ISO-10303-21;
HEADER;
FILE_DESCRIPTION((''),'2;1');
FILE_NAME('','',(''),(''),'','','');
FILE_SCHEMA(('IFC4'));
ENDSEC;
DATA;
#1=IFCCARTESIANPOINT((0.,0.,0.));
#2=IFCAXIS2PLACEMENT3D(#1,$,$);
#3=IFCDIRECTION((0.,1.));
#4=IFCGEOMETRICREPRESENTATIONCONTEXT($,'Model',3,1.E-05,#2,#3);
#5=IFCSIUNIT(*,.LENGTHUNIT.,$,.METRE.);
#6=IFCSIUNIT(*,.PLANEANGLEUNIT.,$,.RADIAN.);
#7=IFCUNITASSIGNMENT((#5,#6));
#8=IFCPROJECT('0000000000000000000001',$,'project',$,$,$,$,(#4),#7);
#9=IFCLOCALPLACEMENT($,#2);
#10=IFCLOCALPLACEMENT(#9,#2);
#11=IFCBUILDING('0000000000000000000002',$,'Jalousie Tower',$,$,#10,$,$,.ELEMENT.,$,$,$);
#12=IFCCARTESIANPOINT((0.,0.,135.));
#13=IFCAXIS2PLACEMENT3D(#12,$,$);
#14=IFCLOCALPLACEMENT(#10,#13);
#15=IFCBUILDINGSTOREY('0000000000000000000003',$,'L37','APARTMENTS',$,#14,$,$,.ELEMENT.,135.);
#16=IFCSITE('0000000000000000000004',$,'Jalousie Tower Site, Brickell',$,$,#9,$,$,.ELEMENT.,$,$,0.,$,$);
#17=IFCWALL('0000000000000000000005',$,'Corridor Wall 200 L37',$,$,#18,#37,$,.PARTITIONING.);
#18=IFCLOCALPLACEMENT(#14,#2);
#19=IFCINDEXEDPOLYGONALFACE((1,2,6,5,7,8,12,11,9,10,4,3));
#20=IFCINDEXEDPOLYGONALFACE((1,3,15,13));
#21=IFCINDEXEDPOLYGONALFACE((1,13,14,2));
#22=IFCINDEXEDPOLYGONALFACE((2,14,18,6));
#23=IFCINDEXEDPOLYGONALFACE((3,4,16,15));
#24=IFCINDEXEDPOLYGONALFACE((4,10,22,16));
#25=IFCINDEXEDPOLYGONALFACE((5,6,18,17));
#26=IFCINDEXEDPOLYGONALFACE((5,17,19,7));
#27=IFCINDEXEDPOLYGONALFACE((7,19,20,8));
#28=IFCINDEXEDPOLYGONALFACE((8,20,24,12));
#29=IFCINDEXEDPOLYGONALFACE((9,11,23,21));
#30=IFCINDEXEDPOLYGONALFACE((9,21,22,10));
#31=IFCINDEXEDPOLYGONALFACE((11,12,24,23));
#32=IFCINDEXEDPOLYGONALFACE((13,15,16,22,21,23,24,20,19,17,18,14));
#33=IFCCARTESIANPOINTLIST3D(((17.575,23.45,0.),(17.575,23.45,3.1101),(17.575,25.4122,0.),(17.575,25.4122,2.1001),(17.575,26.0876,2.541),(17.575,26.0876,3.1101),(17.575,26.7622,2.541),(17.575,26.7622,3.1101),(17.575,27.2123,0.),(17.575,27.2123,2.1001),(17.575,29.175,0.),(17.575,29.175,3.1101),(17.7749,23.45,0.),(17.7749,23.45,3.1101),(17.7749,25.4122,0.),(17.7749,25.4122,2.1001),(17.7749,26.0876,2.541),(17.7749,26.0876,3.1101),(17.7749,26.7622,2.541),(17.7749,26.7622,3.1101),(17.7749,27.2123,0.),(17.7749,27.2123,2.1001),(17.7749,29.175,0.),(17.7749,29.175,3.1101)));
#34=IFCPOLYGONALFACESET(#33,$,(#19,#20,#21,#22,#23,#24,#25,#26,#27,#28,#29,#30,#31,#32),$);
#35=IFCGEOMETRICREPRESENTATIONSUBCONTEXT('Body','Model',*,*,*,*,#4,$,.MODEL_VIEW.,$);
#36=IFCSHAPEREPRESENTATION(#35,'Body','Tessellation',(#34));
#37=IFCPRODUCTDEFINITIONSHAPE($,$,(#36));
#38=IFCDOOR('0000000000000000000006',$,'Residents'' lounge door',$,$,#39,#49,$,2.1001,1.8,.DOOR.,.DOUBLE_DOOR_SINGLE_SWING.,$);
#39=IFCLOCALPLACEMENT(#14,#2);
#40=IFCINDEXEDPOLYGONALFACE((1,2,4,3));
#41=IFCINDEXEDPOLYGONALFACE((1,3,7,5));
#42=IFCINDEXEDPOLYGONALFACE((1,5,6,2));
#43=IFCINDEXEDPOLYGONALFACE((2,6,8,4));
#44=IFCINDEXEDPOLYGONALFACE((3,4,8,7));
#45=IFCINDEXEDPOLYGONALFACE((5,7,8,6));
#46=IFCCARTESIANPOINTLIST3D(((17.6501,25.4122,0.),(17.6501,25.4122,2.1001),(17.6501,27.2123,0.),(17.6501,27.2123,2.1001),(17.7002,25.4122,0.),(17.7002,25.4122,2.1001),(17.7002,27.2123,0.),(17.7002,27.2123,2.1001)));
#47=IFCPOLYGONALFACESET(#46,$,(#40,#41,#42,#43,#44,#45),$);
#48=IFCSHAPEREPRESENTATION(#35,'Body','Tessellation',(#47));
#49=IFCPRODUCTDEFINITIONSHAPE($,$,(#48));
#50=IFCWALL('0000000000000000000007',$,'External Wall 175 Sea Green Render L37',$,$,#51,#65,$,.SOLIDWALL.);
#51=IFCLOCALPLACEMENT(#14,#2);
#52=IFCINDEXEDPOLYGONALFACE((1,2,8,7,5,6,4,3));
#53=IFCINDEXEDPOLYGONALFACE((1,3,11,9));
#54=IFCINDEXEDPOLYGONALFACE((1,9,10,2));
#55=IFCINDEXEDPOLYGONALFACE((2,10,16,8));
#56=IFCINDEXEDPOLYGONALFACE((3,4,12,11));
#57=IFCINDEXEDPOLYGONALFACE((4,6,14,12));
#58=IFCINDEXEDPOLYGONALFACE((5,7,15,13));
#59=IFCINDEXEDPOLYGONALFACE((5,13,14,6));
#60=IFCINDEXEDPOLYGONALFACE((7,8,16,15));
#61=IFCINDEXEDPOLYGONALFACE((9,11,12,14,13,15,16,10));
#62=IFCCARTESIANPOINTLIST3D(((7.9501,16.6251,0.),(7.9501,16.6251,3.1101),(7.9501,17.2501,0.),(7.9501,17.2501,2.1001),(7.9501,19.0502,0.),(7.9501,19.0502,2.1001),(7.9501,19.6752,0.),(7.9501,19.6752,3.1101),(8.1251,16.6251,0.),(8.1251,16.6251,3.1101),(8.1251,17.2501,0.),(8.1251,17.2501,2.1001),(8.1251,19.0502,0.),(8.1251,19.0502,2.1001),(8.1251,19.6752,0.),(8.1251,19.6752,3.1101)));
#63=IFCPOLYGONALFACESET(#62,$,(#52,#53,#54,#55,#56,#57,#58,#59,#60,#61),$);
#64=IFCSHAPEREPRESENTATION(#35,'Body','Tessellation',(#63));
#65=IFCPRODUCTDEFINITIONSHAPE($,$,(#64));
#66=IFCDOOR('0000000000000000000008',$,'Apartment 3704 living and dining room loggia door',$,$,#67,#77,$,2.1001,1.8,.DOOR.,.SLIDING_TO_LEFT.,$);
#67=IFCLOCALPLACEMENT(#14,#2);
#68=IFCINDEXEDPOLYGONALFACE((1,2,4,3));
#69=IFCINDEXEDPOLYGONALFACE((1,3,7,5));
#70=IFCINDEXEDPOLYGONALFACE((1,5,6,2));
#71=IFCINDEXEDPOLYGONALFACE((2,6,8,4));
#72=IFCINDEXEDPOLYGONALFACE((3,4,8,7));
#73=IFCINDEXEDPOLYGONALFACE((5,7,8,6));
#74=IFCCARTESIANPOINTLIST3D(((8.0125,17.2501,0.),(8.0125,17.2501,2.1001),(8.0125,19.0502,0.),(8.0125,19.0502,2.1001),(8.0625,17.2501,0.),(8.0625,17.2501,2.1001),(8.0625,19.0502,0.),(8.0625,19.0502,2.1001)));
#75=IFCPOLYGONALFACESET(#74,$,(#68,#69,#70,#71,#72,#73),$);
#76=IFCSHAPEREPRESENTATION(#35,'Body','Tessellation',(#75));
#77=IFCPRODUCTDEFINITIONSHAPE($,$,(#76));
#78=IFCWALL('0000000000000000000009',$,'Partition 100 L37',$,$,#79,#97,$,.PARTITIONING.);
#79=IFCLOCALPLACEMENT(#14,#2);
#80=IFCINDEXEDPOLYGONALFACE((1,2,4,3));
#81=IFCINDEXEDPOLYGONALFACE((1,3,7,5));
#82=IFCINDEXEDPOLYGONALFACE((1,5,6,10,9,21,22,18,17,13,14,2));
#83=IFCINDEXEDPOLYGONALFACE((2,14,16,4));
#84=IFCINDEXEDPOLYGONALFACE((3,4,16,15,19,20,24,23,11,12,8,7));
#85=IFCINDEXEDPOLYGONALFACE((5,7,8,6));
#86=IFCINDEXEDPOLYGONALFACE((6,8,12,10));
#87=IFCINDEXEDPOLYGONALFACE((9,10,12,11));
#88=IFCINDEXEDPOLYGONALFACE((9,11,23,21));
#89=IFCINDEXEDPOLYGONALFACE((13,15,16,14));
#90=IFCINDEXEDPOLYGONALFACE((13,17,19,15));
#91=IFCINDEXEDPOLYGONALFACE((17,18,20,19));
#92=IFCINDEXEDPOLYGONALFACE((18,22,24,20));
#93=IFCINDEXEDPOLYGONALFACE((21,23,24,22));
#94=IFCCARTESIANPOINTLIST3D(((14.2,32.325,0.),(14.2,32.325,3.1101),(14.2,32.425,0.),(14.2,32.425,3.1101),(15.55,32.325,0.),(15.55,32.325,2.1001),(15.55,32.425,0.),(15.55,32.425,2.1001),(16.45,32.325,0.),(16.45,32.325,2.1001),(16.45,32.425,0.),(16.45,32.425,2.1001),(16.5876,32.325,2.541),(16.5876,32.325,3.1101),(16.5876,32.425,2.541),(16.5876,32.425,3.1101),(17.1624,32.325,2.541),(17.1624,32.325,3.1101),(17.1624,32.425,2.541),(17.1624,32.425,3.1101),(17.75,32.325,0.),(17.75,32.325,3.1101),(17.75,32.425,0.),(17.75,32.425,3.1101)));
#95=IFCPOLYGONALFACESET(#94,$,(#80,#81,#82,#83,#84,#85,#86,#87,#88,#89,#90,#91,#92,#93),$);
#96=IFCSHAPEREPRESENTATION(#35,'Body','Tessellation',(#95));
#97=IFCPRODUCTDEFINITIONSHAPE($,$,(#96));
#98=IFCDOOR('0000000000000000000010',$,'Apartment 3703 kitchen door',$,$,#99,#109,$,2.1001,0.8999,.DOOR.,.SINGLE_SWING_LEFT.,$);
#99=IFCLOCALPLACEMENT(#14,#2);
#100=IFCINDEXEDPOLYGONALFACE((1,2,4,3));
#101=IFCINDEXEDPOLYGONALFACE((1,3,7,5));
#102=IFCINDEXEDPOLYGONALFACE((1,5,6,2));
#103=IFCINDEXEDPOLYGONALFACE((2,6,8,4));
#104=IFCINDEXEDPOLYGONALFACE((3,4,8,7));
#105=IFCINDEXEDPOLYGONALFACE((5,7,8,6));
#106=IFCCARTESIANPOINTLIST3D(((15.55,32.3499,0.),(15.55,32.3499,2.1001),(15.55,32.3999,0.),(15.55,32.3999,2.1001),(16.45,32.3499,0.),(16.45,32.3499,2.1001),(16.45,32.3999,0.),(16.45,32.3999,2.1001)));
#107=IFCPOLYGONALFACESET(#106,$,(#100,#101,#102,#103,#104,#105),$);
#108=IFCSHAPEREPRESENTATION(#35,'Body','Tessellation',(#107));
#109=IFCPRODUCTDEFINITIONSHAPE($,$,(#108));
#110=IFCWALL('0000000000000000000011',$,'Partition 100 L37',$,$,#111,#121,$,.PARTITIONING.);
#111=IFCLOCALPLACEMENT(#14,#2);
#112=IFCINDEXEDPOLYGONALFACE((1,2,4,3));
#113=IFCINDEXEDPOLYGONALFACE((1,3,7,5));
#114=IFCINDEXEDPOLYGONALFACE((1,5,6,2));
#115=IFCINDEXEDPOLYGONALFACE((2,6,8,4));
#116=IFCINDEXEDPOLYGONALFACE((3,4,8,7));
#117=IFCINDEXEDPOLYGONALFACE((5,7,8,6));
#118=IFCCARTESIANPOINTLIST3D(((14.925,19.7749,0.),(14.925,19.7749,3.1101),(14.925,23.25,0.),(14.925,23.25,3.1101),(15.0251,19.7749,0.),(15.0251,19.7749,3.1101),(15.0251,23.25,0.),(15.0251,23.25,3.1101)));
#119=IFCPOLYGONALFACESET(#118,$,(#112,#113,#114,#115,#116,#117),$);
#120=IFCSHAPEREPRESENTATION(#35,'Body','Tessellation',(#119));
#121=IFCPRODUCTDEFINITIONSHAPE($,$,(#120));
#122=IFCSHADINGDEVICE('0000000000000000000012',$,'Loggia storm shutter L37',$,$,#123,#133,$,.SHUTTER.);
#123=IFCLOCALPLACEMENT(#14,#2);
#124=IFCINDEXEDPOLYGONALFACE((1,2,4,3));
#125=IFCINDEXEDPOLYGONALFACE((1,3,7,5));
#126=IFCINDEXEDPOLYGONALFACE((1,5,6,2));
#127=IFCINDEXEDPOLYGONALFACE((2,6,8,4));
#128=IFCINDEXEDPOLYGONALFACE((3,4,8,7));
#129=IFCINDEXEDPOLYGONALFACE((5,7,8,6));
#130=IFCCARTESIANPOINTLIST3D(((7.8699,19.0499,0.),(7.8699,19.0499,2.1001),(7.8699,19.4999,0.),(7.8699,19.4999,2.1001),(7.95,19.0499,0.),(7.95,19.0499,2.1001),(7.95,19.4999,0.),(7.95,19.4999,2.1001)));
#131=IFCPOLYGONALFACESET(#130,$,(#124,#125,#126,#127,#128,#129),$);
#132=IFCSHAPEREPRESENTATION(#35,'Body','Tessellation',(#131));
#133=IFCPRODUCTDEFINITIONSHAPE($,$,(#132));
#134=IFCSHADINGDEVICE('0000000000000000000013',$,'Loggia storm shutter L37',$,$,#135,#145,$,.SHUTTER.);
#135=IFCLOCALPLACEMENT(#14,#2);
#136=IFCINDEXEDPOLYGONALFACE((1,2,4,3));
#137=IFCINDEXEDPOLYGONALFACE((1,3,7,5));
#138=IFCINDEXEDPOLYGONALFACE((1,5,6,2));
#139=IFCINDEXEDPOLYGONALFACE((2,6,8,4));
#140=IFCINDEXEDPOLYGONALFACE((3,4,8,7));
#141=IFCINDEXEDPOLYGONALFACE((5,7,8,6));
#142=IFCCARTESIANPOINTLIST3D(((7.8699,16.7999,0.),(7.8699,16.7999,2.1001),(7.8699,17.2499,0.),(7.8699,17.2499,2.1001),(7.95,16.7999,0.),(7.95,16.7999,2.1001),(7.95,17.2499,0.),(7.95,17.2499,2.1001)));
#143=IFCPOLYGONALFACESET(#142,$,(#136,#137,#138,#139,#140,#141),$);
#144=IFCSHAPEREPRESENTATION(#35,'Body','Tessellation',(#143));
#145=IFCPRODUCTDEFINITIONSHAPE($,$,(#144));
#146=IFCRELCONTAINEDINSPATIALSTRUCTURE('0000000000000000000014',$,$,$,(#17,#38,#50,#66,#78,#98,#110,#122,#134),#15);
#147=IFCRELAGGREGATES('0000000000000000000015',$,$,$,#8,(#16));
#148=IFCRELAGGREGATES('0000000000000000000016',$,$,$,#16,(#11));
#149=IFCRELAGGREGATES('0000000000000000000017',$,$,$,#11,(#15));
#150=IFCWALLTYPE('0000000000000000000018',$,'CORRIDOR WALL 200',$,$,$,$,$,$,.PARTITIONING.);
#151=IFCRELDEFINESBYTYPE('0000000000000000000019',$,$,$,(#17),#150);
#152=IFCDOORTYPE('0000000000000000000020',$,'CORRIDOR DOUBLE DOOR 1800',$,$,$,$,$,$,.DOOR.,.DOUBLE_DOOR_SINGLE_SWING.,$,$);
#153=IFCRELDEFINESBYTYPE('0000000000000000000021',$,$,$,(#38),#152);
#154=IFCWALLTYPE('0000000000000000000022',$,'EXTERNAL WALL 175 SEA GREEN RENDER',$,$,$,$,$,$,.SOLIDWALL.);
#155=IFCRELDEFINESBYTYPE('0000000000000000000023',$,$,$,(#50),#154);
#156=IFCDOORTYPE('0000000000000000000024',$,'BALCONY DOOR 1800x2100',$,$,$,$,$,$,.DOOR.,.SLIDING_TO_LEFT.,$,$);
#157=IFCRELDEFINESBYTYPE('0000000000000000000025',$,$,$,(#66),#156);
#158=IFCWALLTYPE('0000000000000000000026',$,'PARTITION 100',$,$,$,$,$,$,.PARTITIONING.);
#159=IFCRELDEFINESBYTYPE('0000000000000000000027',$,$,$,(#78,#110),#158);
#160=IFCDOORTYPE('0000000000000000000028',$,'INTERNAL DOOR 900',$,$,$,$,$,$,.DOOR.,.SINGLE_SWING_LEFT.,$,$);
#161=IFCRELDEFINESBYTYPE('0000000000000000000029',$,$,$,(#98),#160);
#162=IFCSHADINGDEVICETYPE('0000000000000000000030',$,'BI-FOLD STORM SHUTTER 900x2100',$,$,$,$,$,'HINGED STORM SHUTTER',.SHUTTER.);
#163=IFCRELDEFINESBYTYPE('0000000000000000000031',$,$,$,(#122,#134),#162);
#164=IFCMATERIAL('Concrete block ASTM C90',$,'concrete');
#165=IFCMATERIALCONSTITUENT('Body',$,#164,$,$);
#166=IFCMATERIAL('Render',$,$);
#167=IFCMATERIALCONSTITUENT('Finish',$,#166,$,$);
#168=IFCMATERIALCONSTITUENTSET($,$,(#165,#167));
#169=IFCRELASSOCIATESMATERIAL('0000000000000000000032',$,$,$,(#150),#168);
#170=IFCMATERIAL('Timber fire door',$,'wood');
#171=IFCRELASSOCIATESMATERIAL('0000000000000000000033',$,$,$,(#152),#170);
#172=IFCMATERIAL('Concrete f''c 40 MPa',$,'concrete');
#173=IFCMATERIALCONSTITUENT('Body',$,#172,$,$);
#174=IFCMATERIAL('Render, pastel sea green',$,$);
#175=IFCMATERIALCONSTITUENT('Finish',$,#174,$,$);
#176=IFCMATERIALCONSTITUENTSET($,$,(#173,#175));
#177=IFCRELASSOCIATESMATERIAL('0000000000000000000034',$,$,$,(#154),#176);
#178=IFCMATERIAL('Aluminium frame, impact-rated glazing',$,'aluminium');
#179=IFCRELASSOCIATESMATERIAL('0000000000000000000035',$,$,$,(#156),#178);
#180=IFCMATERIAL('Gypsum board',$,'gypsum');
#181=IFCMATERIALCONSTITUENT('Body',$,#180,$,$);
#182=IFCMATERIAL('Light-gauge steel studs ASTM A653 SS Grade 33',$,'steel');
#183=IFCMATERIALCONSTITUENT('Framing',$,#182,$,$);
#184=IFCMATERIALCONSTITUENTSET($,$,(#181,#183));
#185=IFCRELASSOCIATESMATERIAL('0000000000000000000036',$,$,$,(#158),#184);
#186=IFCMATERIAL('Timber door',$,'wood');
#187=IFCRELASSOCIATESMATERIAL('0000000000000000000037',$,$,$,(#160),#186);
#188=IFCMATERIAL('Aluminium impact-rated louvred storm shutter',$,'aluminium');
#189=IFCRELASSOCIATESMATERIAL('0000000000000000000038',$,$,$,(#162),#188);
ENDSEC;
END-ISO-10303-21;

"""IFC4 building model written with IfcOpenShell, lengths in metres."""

from ifc_helpers import new_model, si_unit, direction, frame, frame_2d, origin, origin_2d, place, context, subcontext, project, spatial, polyline, rectangle, outline, extrude, material, constituent, constituent_set, type_object, element, fill, save


model = new_model("IFC4")

# Units and contexts
model_context = context("Model", 3, precision=1e-05, world=origin(), true_north=direction((0.0, 1.0)))
body_context = subcontext(model_context, "Body", "Model", "MODEL_VIEW")
ifc_project = project(units=[si_unit("LENGTHUNIT", "METRE"), si_unit("PLANEANGLEUNIT", "RADIAN")], contexts=[model_context])

# Site, building, storey
site_placement = place(None, origin())
site = spatial("IfcSite", under=ifc_project, at=site_placement, Name="Jalousie Tower Site, Brickell", CompositionType="ELEMENT", RefElevation=0.0)
building_placement = place(site_placement, origin())
building = spatial("IfcBuilding", under=site, at=building_placement, Name="Jalousie Tower", CompositionType="ELEMENT")
storey_placement = place(building_placement, frame((0.0, 0.0, 135.0)))
storey = spatial("IfcBuildingStorey", under=building, at=storey_placement, Name="L37", Description="APARTMENTS", CompositionType="ELEMENT", Elevation=135.0)

# Walls, openings, doors
ifc_material_1 = material(Name="Concrete block ASTM C90", Category="concrete")
ifc_constituent_1 = constituent(ifc_material_1, Name="Body")
ifc_material_2 = material(Name="Render")
ifc_constituent_2 = constituent(ifc_material_2, Name="Finish")
ifc_constituent_set_1 = constituent_set(constituents=[ifc_constituent_1, ifc_constituent_2])
wall_type_1 = type_object("IfcWallType", Name="CORRIDOR WALL 200", PredefinedType="PARTITIONING", material=ifc_constituent_set_1)
wall_1_placement = place(storey_placement, frame((17.675, 23.45, 0.0), z_axis=(0.0, 0.0, 1.0), x_axis=(0.0, 1.0, 0.0)))
wall_1 = element("IfcWall", 1, at=wall_1_placement, inside=storey, type_object=wall_type_1, Name="Corridor Wall 200 L37", PredefinedType="PARTITIONING", context=body_context, shape_type="SweptSolid", body=[
    extrude(outline(polyline([(0.0, 0.0), (5.7251, 0.0), (5.7251, 3.1101), (3.3123, 3.1101), (3.3123, 2.541), (2.6377, 2.541), (2.6377, 3.1101), (0.0, 3.1101), (0.0, 0.0)])), frame((0.0, 0.1001, 0.0), z_axis=(0.0, -1.0, 0.0), x_axis=(1.0, 0.0, 0.0)), (0.0, 0.0, 1.0), 0.2),
])
opening_1_placement = place(wall_1_placement, frame((1.9624, 0.0, 0.0)))
opening_1 = element("IfcOpeningElement", 2, at=opening_1_placement, cuts=wall_1, PredefinedType="OPENING", context=body_context, shape_type="SweptSolid", body=[
    extrude(rectangle(XDim=1.8, YDim=2.1001, at=frame_2d((0.8999, 1.05))), frame((0.0, 0.1099, 0.0), z_axis=(0.0, -1.0, 0.0), x_axis=(1.0, 0.0, 0.0)), (0.0, 0.0, 1.0), 0.22),
])
ifc_material_3 = material(Name="Timber fire door", Category="wood")
door_type_1 = type_object("IfcDoorType", Name="CORRIDOR DOUBLE DOOR 1800", OperationType="DOUBLE_DOOR_SINGLE_SWING", PredefinedType="DOOR", material=ifc_material_3)
door_1_placement = place(opening_1_placement, origin())
door_1 = element("IfcDoor", 3, at=door_1_placement, inside=storey, type_object=door_type_1, Name="Residents' lounge door", OperationType="DOUBLE_DOOR_SINGLE_SWING", OverallHeight=2.1001, OverallWidth=1.8, PredefinedType="DOOR", context=body_context, shape_type="SweptSolid", body=[
    extrude(rectangle(XDim=1.8, YDim=2.1001, at=frame_2d((0.8999, 1.05))), frame((0.0, 0.0249, 0.0), z_axis=(0.0, -1.0, 0.0), x_axis=(1.0, 0.0, 0.0)), (0.0, 0.0, 1.0), 0.05),
])
fill(opening_1, door_1)
ifc_material_4 = material(Name="Concrete f'c 40 MPa", Category="concrete")
ifc_constituent_3 = constituent(ifc_material_4, Name="Body")
ifc_material_5 = material(Name="Render, pastel sea green")
ifc_constituent_4 = constituent(ifc_material_5, Name="Finish")
ifc_constituent_set_2 = constituent_set(constituents=[ifc_constituent_3, ifc_constituent_4])
wall_type_2 = type_object("IfcWallType", Name="EXTERNAL WALL 175 SEA GREEN RENDER", PredefinedType="SOLIDWALL", material=ifc_constituent_set_2)
wall_2_placement = place(storey_placement, frame((8.0376, 19.675, 0.0), z_axis=(0.0, 0.0, 1.0), x_axis=(0.0, -1.0, 0.0)))
wall_2 = element("IfcWall", 4, at=wall_2_placement, inside=storey, type_object=wall_type_2, Name="External Wall 175 Sea Green Render L37", PredefinedType="SOLIDWALL", context=body_context, shape_type="SweptSolid", body=[
    extrude(rectangle(XDim=3.05, YDim=0.175, at=frame_2d((1.5249, 0.0))), origin(), (0.0, 0.0, 1.0), 3.1101),
])
opening_2_placement = place(wall_2_placement, frame((0.625, 0.0, 0.0)))
opening_2 = element("IfcOpeningElement", 5, at=opening_2_placement, cuts=wall_2, PredefinedType="OPENING", context=body_context, shape_type="SweptSolid", body=[
    extrude(rectangle(XDim=1.8, YDim=2.1001, at=frame_2d((0.8999, 1.05))), frame((0.0, 0.0974, 0.0), z_axis=(0.0, -1.0, 0.0), x_axis=(1.0, 0.0, 0.0)), (0.0, 0.0, 1.0), 0.1951),
])
ifc_material_6 = material(Name="Aluminium frame, impact-rated glazing", Category="aluminium")
door_type_2 = type_object("IfcDoorType", Name="BALCONY DOOR 1800x2100", OperationType="SLIDING_TO_LEFT", PredefinedType="DOOR", material=ifc_material_6)
door_2_placement = place(opening_2_placement, origin())
door_2 = element("IfcDoor", 6, at=door_2_placement, inside=storey, type_object=door_type_2, Name="Apartment 3704 living and dining room loggia door", OperationType="SLIDING_TO_LEFT", OverallHeight=2.1001, OverallWidth=1.8, PredefinedType="DOOR", context=body_context, shape_type="SweptSolid", body=[
    extrude(rectangle(XDim=1.8, YDim=2.1001, at=frame_2d((0.8999, 1.05))), frame((0.0, 0.0249, 0.0), z_axis=(0.0, -1.0, 0.0), x_axis=(1.0, 0.0, 0.0)), (0.0, 0.0, 1.0), 0.05),
])
fill(opening_2, door_2)
ifc_material_7 = material(Name="Gypsum board", Category="gypsum")
ifc_constituent_5 = constituent(ifc_material_7, Name="Body")
ifc_material_8 = material(Name="Light-gauge steel studs ASTM A653 SS Grade 33", Category="steel")
ifc_constituent_6 = constituent(ifc_material_8, Name="Framing")
ifc_constituent_set_3 = constituent_set(constituents=[ifc_constituent_5, ifc_constituent_6])
wall_type_3 = type_object("IfcWallType", Name="PARTITION 100", PredefinedType="PARTITIONING", material=ifc_constituent_set_3)
wall_3_placement = place(storey_placement, frame((14.2, 32.375, 0.0), z_axis=(0.0, 0.0, 1.0), x_axis=(1.0, 0.0, 0.0)))
wall_3 = element("IfcWall", 7, at=wall_3_placement, inside=storey, type_object=wall_type_3, Name="Partition 100 L37", PredefinedType="PARTITIONING", context=body_context, shape_type="SweptSolid", body=[
    extrude(outline(polyline([(0.0, 0.0), (3.55, 0.0), (3.55, 3.1101), (2.9624, 3.1101), (2.9624, 2.541), (2.3877, 2.541), (2.3877, 3.1101), (0.0, 3.1101), (0.0, 0.0)])), frame((0.0, 0.05, 0.0), z_axis=(0.0, -1.0, 0.0), x_axis=(1.0, 0.0, 0.0)), (0.0, 0.0, 1.0), 0.1001),
])
opening_3_placement = place(wall_3_placement, frame((1.3501, 0.0, 0.0)))
opening_3 = element("IfcOpeningElement", 8, at=opening_3_placement, cuts=wall_3, PredefinedType="OPENING", context=body_context, shape_type="SweptSolid", body=[
    extrude(rectangle(XDim=0.8999, YDim=2.1001, at=frame_2d((0.45, 1.05))), frame((0.0, 0.0601, 0.0), z_axis=(0.0, -1.0, 0.0), x_axis=(1.0, 0.0, 0.0)), (0.0, 0.0, 1.0), 0.1201),
])
ifc_material_9 = material(Name="Timber door", Category="wood")
door_type_3 = type_object("IfcDoorType", Name="INTERNAL DOOR 900", OperationType="SINGLE_SWING_LEFT", PredefinedType="DOOR", material=ifc_material_9)
door_3_placement = place(opening_3_placement, origin())
door_3 = element("IfcDoor", 9, at=door_3_placement, inside=storey, type_object=door_type_3, Name="Apartment 3703 kitchen door", OperationType="SINGLE_SWING_LEFT", OverallHeight=2.1001, OverallWidth=0.8999, PredefinedType="DOOR", context=body_context, shape_type="SweptSolid", body=[
    extrude(rectangle(XDim=0.8999, YDim=2.1001, at=frame_2d((0.45, 1.05))), frame((0.0, 0.0249, 0.0), z_axis=(0.0, -1.0, 0.0), x_axis=(1.0, 0.0, 0.0)), (0.0, 0.0, 1.0), 0.05),
])
fill(opening_3, door_3)

# Wall
wall_4_placement = place(storey_placement, frame((14.9751, 19.7749, 0.0), z_axis=(0.0, 0.0, 1.0), x_axis=(0.0, 1.0, 0.0)))
element("IfcWall", 10, at=wall_4_placement, inside=storey, type_object=wall_type_3, Name="Partition 100 L37", PredefinedType="PARTITIONING", context=body_context, shape_type="SweptSolid", body=[
    extrude(rectangle(XDim=3.4751, YDim=0.1001, at=frame_2d((1.7375, 0.0))), origin(), (0.0, 0.0, 1.0), 3.1101),
])

# Shading devices
ifc_material_10 = material(Name="Aluminium impact-rated louvred storm shutter", Category="aluminium")
shading_device_type = type_object("IfcShadingDeviceType", Name="BI-FOLD STORM SHUTTER 900x2100", ElementType="HINGED STORM SHUTTER", PredefinedType="SHUTTER", material=ifc_material_10)
for number, where, z_axis, x_axis, name in (
    (11, (7.9099, 19.2749, 0.0), (0.0, 0.0, 1.0), (0.0, -1.0, 0.0), "Loggia storm shutter L37"),
    (12, (7.9099, 17.0249, 0.0), (0.0, 0.0, 1.0), (0.0, -1.0, 0.0), "Loggia storm shutter L37"),
):
    element("IfcShadingDevice", number, at=place(storey_placement, frame(where, z_axis=z_axis, x_axis=x_axis)), inside=storey, type_object=shading_device_type, Name=name, PredefinedType="SHUTTER", context=body_context, shape_type="SweptSolid", body=[
        extrude(rectangle(XDim=0.45, YDim=0.0801, at=origin_2d()), origin(), (0.0, 0.0, 1.0), 2.1001),
    ])

save(model, "model.ifc")
